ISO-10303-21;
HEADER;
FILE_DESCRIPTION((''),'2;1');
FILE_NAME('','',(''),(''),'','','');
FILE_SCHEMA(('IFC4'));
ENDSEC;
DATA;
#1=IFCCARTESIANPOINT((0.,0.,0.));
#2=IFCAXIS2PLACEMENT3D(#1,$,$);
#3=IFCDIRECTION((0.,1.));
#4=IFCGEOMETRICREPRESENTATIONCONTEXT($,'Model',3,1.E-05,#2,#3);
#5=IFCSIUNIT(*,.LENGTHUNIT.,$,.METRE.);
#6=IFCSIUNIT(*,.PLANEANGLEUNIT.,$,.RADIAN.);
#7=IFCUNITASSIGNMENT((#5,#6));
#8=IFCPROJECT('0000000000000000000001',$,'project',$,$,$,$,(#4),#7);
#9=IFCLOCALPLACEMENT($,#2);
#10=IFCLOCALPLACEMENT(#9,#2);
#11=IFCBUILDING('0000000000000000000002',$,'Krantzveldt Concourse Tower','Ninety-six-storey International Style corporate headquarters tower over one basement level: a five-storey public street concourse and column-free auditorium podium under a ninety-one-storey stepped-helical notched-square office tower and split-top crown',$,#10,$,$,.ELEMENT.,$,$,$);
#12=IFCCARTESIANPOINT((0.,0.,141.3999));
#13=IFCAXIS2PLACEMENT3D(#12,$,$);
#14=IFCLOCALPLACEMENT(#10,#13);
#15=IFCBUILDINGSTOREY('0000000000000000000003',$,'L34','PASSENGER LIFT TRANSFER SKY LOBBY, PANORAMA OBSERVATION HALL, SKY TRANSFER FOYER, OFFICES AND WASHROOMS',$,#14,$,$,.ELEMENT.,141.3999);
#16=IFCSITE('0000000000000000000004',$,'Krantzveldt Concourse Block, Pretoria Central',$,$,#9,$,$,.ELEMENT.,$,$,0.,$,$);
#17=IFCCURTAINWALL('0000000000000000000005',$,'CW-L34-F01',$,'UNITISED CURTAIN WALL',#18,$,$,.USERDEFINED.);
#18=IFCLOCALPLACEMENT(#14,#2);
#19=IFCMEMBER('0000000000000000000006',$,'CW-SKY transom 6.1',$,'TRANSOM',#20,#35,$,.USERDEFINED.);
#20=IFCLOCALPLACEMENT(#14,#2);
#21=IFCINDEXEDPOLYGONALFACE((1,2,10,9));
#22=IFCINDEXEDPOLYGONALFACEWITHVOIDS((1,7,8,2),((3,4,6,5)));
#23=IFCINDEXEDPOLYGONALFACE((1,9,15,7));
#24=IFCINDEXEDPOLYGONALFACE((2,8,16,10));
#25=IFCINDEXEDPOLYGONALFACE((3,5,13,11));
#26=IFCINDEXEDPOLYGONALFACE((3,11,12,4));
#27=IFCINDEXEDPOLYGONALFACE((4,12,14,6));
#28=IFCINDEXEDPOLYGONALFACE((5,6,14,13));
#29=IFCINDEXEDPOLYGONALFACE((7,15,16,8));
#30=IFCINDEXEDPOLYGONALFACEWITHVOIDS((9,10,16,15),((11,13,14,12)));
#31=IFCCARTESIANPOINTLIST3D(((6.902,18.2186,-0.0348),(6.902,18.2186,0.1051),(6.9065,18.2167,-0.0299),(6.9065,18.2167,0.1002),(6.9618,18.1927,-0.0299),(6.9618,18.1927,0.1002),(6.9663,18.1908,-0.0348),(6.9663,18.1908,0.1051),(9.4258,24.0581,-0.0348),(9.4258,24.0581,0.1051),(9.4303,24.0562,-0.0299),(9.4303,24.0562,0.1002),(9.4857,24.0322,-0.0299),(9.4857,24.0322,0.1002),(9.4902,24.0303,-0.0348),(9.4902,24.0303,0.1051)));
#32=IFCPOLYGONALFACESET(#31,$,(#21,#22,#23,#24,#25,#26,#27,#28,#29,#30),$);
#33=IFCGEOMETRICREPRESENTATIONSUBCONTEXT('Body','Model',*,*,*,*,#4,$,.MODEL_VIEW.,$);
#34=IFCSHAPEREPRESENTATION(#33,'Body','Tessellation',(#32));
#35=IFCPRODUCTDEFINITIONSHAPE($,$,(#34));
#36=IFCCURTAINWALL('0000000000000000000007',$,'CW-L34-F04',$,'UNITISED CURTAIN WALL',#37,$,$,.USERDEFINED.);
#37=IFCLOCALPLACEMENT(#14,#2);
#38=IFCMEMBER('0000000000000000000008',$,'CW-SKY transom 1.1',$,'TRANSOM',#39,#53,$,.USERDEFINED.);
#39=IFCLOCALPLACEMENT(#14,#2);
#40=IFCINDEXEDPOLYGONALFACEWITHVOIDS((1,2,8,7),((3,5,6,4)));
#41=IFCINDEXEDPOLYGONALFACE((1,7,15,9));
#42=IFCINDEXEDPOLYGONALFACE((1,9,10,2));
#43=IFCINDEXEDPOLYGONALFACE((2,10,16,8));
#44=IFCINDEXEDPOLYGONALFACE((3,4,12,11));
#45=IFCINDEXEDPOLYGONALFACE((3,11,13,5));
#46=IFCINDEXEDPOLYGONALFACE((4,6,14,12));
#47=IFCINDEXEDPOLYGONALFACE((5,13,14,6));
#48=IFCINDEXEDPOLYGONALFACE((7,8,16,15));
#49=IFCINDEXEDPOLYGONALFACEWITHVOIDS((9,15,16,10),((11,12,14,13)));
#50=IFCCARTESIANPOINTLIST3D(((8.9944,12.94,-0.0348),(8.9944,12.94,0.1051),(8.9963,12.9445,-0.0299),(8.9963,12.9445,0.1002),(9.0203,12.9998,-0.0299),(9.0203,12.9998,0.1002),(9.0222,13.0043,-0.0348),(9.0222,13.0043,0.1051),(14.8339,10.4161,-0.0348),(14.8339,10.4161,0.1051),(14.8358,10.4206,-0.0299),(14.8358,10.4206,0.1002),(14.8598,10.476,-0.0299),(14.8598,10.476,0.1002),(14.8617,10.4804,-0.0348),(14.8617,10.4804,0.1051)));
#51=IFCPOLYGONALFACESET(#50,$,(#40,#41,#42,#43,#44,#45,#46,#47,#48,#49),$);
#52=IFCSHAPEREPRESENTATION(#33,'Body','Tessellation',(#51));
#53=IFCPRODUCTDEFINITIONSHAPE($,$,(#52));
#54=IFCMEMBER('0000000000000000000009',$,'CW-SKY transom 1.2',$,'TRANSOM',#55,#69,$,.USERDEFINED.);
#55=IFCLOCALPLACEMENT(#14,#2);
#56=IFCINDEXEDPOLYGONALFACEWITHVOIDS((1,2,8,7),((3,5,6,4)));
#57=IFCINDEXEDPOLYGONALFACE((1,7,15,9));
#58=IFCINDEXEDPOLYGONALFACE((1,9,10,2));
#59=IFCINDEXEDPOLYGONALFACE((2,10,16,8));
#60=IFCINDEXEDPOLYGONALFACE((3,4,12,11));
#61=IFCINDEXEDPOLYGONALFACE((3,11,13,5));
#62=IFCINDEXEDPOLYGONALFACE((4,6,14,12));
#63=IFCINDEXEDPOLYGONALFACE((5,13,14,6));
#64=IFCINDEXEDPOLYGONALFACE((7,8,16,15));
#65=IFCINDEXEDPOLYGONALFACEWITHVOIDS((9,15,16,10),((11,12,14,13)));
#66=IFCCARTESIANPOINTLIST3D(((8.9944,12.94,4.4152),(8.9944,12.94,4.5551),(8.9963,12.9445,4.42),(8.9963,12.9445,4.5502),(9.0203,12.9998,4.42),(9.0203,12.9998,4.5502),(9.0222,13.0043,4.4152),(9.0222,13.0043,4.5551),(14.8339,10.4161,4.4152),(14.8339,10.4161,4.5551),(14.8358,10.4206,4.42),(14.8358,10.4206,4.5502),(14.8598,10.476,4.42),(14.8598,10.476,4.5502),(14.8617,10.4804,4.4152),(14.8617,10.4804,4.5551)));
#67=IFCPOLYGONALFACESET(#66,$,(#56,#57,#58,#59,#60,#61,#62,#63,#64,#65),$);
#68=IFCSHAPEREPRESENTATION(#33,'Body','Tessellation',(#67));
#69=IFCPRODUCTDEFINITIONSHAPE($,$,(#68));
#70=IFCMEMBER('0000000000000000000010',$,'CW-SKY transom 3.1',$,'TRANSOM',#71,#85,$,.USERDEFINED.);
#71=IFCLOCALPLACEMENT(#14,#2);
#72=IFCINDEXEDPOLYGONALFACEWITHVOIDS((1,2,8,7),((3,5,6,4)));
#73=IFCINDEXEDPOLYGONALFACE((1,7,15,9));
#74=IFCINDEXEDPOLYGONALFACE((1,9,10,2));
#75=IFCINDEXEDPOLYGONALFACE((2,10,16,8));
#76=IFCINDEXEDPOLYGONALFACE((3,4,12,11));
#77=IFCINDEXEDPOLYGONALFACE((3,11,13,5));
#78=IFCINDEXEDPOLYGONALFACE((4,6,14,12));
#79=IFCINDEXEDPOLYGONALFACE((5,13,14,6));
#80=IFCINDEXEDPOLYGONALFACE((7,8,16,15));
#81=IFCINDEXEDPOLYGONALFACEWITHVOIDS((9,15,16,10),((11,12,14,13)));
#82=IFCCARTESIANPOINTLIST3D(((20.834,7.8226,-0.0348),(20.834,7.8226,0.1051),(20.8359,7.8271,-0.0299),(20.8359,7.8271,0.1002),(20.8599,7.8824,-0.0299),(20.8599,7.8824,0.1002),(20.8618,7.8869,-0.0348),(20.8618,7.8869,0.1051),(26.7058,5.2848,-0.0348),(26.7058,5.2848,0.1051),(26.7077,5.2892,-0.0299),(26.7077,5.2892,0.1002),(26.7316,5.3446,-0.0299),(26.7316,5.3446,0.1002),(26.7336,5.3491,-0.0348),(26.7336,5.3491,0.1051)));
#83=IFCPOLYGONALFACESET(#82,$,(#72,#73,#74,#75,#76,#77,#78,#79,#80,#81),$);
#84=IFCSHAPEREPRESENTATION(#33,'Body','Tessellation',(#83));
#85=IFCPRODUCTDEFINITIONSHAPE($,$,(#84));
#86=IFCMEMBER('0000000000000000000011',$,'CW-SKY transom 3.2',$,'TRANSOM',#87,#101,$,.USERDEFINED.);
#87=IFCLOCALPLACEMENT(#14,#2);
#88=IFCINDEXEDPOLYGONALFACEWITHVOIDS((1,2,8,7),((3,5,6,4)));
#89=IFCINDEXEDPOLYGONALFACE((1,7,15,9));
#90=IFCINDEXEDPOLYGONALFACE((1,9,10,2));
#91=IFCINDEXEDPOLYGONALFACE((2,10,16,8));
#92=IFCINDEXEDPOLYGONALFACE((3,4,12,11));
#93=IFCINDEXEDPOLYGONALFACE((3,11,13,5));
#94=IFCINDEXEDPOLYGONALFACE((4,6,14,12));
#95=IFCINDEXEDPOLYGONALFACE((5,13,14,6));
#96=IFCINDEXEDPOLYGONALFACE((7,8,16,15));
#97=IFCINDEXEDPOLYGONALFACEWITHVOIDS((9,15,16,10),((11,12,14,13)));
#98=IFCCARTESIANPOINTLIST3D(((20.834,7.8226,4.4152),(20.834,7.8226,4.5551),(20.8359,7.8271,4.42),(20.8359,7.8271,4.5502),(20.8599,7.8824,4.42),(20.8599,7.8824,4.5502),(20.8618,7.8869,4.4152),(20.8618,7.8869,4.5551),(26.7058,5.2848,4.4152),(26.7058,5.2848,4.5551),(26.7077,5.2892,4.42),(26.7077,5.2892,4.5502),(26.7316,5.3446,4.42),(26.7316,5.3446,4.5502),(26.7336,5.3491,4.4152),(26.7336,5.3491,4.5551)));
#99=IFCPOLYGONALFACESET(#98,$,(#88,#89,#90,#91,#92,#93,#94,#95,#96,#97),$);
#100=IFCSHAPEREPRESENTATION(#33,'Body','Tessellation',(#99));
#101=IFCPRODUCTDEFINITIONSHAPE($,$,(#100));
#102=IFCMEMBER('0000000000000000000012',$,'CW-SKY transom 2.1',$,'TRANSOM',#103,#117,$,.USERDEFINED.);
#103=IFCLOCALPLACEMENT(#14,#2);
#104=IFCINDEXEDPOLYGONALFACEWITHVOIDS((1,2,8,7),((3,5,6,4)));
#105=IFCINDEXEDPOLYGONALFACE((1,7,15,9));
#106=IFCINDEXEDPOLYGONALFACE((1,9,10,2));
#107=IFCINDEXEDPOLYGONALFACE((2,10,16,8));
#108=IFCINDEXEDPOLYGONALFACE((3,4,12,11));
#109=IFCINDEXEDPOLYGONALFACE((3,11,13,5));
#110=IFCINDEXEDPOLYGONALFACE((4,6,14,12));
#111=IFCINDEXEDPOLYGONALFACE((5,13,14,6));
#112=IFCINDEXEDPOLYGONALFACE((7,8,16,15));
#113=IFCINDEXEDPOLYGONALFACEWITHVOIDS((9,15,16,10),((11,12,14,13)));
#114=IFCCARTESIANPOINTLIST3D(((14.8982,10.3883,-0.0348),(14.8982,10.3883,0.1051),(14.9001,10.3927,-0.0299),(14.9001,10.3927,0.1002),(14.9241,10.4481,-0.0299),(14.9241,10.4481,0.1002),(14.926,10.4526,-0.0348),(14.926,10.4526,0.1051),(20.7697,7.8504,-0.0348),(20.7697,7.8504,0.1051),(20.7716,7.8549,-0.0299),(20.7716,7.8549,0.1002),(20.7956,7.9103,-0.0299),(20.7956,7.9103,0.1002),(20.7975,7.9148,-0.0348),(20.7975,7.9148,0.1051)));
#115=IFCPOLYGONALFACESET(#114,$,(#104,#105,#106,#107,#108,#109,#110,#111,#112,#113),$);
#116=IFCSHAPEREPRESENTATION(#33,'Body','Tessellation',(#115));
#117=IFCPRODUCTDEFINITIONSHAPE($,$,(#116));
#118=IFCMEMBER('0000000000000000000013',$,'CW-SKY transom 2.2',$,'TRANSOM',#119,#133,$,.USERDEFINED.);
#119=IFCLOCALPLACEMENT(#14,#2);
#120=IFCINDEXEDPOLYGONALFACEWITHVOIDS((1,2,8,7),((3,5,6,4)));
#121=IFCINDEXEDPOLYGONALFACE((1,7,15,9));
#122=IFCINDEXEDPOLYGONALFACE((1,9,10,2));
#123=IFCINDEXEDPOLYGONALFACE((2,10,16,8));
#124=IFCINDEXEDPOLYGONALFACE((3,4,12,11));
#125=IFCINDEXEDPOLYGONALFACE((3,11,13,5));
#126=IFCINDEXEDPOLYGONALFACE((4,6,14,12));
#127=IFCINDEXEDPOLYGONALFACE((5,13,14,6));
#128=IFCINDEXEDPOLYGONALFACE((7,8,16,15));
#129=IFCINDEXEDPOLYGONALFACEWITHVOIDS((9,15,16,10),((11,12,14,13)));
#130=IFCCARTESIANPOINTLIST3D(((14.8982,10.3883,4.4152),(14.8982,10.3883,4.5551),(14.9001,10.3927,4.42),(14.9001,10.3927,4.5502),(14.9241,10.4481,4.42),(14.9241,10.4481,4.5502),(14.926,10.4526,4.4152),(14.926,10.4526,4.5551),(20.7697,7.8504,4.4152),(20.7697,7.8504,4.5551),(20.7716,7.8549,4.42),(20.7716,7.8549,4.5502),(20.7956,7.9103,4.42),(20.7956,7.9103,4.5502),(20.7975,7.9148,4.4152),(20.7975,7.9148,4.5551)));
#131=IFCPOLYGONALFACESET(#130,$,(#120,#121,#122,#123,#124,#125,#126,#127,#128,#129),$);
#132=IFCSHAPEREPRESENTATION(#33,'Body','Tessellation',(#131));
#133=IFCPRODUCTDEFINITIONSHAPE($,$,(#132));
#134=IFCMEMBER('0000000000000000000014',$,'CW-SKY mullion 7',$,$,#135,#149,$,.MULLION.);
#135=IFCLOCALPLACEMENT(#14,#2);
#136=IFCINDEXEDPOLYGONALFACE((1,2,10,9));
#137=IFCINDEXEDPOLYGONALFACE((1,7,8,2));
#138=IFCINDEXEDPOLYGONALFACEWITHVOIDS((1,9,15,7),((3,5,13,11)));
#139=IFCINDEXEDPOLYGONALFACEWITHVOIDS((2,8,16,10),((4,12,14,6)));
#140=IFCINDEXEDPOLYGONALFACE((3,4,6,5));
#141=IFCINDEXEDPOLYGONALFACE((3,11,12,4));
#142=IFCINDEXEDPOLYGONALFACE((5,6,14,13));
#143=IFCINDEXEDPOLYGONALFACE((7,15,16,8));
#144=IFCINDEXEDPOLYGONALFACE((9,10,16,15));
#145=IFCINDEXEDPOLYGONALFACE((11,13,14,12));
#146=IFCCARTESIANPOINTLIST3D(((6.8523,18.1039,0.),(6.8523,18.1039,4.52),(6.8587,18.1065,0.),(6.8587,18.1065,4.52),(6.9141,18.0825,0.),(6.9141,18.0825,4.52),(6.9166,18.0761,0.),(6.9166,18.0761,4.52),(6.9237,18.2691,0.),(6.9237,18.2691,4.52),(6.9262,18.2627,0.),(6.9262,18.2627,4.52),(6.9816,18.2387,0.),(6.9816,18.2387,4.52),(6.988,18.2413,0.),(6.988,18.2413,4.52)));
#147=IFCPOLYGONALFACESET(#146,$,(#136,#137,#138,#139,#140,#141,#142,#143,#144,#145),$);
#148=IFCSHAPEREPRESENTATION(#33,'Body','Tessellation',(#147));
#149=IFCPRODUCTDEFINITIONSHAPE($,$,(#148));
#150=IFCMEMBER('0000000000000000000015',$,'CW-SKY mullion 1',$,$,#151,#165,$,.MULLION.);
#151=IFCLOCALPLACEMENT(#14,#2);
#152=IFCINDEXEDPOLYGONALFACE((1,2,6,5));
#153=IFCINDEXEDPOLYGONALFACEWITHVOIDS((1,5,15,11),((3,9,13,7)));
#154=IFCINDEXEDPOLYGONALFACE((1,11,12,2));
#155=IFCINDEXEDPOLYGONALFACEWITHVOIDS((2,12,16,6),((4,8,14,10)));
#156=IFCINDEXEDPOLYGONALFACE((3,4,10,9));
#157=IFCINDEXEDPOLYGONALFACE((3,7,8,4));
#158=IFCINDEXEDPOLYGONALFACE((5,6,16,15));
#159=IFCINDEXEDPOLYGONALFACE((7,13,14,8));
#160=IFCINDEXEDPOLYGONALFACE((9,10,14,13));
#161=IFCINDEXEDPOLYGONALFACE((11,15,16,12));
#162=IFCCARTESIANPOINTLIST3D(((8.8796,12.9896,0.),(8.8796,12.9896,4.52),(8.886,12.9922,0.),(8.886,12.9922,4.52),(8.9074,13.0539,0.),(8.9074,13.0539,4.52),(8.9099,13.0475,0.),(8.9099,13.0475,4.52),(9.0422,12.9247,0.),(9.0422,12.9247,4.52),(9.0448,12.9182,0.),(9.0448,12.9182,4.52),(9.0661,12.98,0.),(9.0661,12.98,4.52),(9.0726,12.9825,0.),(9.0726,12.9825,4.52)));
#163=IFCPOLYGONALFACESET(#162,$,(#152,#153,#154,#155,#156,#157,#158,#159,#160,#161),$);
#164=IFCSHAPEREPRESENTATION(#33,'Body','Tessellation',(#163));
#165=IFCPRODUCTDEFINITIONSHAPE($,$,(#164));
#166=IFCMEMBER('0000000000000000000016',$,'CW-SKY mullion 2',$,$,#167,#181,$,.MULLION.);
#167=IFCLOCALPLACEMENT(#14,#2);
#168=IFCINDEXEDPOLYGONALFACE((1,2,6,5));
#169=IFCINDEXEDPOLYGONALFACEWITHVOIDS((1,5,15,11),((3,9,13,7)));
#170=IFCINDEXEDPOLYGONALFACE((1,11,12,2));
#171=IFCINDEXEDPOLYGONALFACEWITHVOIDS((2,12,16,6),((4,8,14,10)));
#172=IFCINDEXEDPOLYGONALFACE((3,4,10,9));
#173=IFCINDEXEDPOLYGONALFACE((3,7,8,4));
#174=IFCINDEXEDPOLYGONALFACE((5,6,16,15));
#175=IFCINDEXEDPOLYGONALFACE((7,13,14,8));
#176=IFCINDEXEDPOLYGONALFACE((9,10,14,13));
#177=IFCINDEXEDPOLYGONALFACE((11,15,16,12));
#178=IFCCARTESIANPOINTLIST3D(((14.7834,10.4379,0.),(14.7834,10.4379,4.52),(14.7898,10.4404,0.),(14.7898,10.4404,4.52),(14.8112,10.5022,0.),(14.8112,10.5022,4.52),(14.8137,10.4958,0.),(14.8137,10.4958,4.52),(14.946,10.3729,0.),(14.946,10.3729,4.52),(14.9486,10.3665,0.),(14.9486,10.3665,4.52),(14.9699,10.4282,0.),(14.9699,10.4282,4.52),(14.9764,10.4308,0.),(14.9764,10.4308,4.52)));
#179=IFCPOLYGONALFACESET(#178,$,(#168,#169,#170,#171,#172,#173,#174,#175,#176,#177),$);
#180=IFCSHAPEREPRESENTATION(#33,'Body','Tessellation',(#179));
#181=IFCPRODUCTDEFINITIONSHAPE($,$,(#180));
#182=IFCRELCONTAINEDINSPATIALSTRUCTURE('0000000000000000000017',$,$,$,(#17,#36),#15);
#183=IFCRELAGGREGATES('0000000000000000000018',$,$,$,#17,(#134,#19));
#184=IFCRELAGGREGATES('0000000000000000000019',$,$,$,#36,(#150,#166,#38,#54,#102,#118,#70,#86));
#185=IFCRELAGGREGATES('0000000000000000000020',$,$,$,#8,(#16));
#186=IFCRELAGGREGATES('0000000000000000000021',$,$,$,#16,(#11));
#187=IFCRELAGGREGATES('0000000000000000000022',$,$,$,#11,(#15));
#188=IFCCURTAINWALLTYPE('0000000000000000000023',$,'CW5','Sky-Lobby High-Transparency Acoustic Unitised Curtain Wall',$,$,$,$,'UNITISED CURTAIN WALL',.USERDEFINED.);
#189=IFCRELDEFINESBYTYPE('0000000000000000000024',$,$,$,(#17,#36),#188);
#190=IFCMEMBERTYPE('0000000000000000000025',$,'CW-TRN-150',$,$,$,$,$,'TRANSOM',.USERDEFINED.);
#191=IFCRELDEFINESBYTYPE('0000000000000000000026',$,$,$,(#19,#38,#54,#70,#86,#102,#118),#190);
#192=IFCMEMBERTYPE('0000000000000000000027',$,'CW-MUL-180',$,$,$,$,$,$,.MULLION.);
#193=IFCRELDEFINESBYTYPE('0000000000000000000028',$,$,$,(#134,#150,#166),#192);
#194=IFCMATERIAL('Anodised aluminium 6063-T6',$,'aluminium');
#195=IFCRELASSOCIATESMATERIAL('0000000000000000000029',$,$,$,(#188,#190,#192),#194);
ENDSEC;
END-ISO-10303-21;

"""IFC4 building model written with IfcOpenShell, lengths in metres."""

from ifc_helpers import new_model, si_unit, direction, frame, origin, origin_2d, place, context, subcontext, project, spatial, hollow_rectangle, extrude, source, transform, mapped, material, material_profile, profile_set, type_object, type_shapes, element, aggregate, save


model = new_model("IFC4")

# Units and contexts
model_context = context("Model", 3, precision=1e-05, world=origin(), true_north=direction((0.0, 1.0)))
body_context = subcontext(model_context, "Body", "Model", "MODEL_VIEW")
ifc_project = project(units=[si_unit("LENGTHUNIT", "METRE"), si_unit("PLANEANGLEUNIT", "RADIAN")], contexts=[model_context])

# Site, building, storey
site_placement = place(None, origin())
site = spatial("IfcSite", under=ifc_project, at=site_placement, Name="Krantzveldt Concourse Block, Pretoria Central", CompositionType="ELEMENT", RefElevation=0.0)
building_placement = place(site_placement, origin())
building = spatial("IfcBuilding", under=site, at=building_placement, Name="Krantzveldt Concourse Tower", Description="Ninety-six-storey International Style corporate headquarters tower over one basement level: a five-storey public street concourse and column-free auditorium podium under a ninety-one-storey stepped-helical notched-square office tower and split-top crown", CompositionType="ELEMENT")
storey_placement = place(building_placement, frame((0.0, 0.0, 141.3999)))
storey = spatial("IfcBuildingStorey", under=building, at=storey_placement, Name="L34", Description="PASSENGER LIFT TRANSFER SKY LOBBY, PANORAMA OBSERVATION HALL, SKY TRANSFER FOYER, OFFICES AND WASHROOMS", CompositionType="ELEMENT", Elevation=141.3999)

# Curtain wall, member
ifc_material_1 = material(Name="Anodised aluminium 6063-T6", Category="aluminium")
curtain_wall_type = type_object("IfcCurtainWallType", Name="CW5", Description="Sky-Lobby High-Transparency Acoustic Unitised Curtain Wall", ElementType="UNITISED CURTAIN WALL", PredefinedType="USERDEFINED", material=ifc_material_1)
curtain_wall_1_placement = place(storey_placement, origin())
curtain_wall_1 = element("IfcCurtainWall", 1, at=curtain_wall_1_placement, inside=storey, type_object=curtain_wall_type, Name="CW-L34-F01", ObjectType="UNITISED CURTAIN WALL", PredefinedType="USERDEFINED")
ifc_material_profile_1 = material_profile(ifc_material_1, hollow_rectangle(XDim=0.0701, YDim=0.1399, WallThickness=0.0049, at=origin_2d()), Name="Anodised aluminium 6063-T6", Category="aluminium")
ifc_profile_set_1 = profile_set([ifc_material_profile_1], Name="Anodised aluminium 6063-T6 - ALU-TRAN 140x70x5")
member_type_1 = type_object("IfcMemberType", Name="CW-TRN-150", ElementType="TRANSOM", PredefinedType="USERDEFINED", material=ifc_profile_set_1)
shared_shape_1 = source(origin(), body_context, "Body", "SweptSolid", [
    extrude(hollow_rectangle(XDim=0.0701, YDim=0.1399, WallThickness=0.0049, at=origin_2d()), origin(), (0.0, 0.0, 1.0), 6.3616),
])
member_1_placement = place(storey_placement, frame((9.458, 24.0442, 0.0352), z_axis=(-0.396738, -0.917932, 0.0), x_axis=(0.917932, -0.396738, 0.0)))
member_1 = element("IfcMember", 2, at=member_1_placement, type_object=member_type_1, Name="CW-SKY transom 6.1", ObjectType="TRANSOM", PredefinedType="USERDEFINED", context=body_context, shape_type="MappedRepresentation", body=[
    mapped(shared_shape_1, transform((0.0, 0.0, 0.0), x_axis=(1.0, 0.0, 0.0), y_axis=(0.0, 1.0, 0.0), z_axis=(0.0, 0.0, 1.0), scale=1.0)),
])

# Curtain wall, members
curtain_wall_2_placement = place(storey_placement, origin())
curtain_wall_2 = element("IfcCurtainWall", 3, at=curtain_wall_2_placement, inside=storey, type_object=curtain_wall_type, Name="CW-L34-F04", ObjectType="UNITISED CURTAIN WALL", PredefinedType="USERDEFINED")
member_2_placement = place(storey_placement, frame((9.0083, 12.9722, 0.0352), z_axis=(0.917932, -0.396738, 0.0), x_axis=(0.396738, 0.917932, 0.0)))
member_2 = element("IfcMember", 4, at=member_2_placement, type_object=member_type_1, Name="CW-SKY transom 1.1", ObjectType="TRANSOM", PredefinedType="USERDEFINED", context=body_context, shape_type="MappedRepresentation", body=[
    mapped(shared_shape_1, transform((0.0, 0.0, 0.0), x_axis=(1.0, 0.0, 0.0), y_axis=(0.0, 1.0, 0.0), z_axis=(0.0, 0.0, 1.0), scale=1.0)),
])
member_3_placement = place(storey_placement, frame((9.0083, 12.9722, 4.4851), z_axis=(0.917932, -0.396738, 0.0), x_axis=(0.396738, 0.917932, 0.0)))
member_3 = element("IfcMember", 5, at=member_3_placement, type_object=member_type_1, Name="CW-SKY transom 1.2", ObjectType="TRANSOM", PredefinedType="USERDEFINED", context=body_context, shape_type="MappedRepresentation", body=[
    mapped(shared_shape_1, transform((0.0, 0.0, 0.0), x_axis=(1.0, 0.0, 0.0), y_axis=(0.0, 1.0, 0.0), z_axis=(0.0, 0.0, 1.0), scale=1.0)),
])
shared_shape_2 = source(origin(), body_context, "Body", "SweptSolid", [
    extrude(hollow_rectangle(XDim=0.0701, YDim=0.1399, WallThickness=0.0049, at=origin_2d()), origin(), (0.0, 0.0, 1.0), 6.3967),
])
member_4_placement = place(storey_placement, frame((20.8479, 7.8547, 0.0352), z_axis=(0.917933, -0.396736, 0.0), x_axis=(0.396736, 0.917933, 0.0)))
member_4 = element("IfcMember", 6, at=member_4_placement, type_object=member_type_1, Name="CW-SKY transom 3.1", ObjectType="TRANSOM", PredefinedType="USERDEFINED", context=body_context, shape_type="MappedRepresentation", body=[
    mapped(shared_shape_2, transform((0.0, 0.0, 0.0), x_axis=(1.0, 0.0, 0.0), y_axis=(0.0, 1.0, 0.0), z_axis=(0.0, 0.0, 1.0), scale=1.0)),
])
member_5_placement = place(storey_placement, frame((20.8479, 7.8547, 4.4851), z_axis=(0.917933, -0.396736, 0.0), x_axis=(0.396736, 0.917933, 0.0)))
member_5 = element("IfcMember", 7, at=member_5_placement, type_object=member_type_1, Name="CW-SKY transom 3.2", ObjectType="TRANSOM", PredefinedType="USERDEFINED", context=body_context, shape_type="MappedRepresentation", body=[
    mapped(shared_shape_2, transform((0.0, 0.0, 0.0), x_axis=(1.0, 0.0, 0.0), y_axis=(0.0, 1.0, 0.0), z_axis=(0.0, 0.0, 1.0), scale=1.0)),
])
shared_shape_3 = source(origin(), body_context, "Body", "SweptSolid", [
    extrude(hollow_rectangle(XDim=0.0701, YDim=0.1399, WallThickness=0.0049, at=origin_2d()), origin(), (0.0, 0.0, 1.0), 6.3965),
])
type_shapes(member_type_1, [shared_shape_1, shared_shape_2, shared_shape_3])
member_6_placement = place(storey_placement, frame((14.9121, 10.4204, 0.0352), z_axis=(0.917927, -0.39675, 0.0), x_axis=(0.39675, 0.917927, 0.0)))
member_6 = element("IfcMember", 8, at=member_6_placement, type_object=member_type_1, Name="CW-SKY transom 2.1", ObjectType="TRANSOM", PredefinedType="USERDEFINED", context=body_context, shape_type="MappedRepresentation", body=[
    mapped(shared_shape_3, transform((0.0, 0.0, 0.0), x_axis=(1.0, 0.0, 0.0), y_axis=(0.0, 1.0, 0.0), z_axis=(0.0, 0.0, 1.0), scale=1.0)),
])
member_7_placement = place(storey_placement, frame((14.9121, 10.4204, 4.4851), z_axis=(0.917927, -0.39675, 0.0), x_axis=(0.39675, 0.917927, 0.0)))
member_7 = element("IfcMember", 9, at=member_7_placement, type_object=member_type_1, Name="CW-SKY transom 2.2", ObjectType="TRANSOM", PredefinedType="USERDEFINED", context=body_context, shape_type="MappedRepresentation", body=[
    mapped(shared_shape_3, transform((0.0, 0.0, 0.0), x_axis=(1.0, 0.0, 0.0), y_axis=(0.0, 1.0, 0.0), z_axis=(0.0, 0.0, 1.0), scale=1.0)),
])

# Members
ifc_material_profile_2 = material_profile(ifc_material_1, hollow_rectangle(XDim=0.0701, YDim=0.1799, WallThickness=0.0049, at=origin_2d()), Name="Anodised aluminium 6063-T6", Category="aluminium")
ifc_profile_set_2 = profile_set([ifc_material_profile_2], Name="Anodised aluminium 6063-T6 - ALU-MULL 180x70x5")
member_type_2 = type_object("IfcMemberType", Name="CW-MUL-180", PredefinedType="MULLION", material=ifc_profile_set_2)
shared_shape_4 = source(origin(), body_context, "Body", "SweptSolid", [
    extrude(hollow_rectangle(XDim=0.0701, YDim=0.1799, WallThickness=0.0049, at=origin_2d()), origin(), (0.0, 0.0, 1.0), 4.52),
])
type_shapes(member_type_2, [shared_shape_4])
member_8_placement = place(storey_placement, frame((6.9202, 18.1726, 0.0), z_axis=(0.0, 0.0, 1.0), x_axis=(0.917928, -0.396747, 0.0)))
member_8 = element("IfcMember", 10, at=member_8_placement, type_object=member_type_2, Name="CW-SKY mullion 7", PredefinedType="MULLION", context=body_context, shape_type="MappedRepresentation", body=[
    mapped(shared_shape_4, transform((0.0, 0.0, 0.0), x_axis=(1.0, 0.0, 0.0), y_axis=(0.0, 1.0, 0.0), z_axis=(0.0, 0.0, 1.0), scale=1.0)),
])
member_9_placement = place(storey_placement, frame((8.9761, 12.9861, 0.0), z_axis=(0.0, 0.0, 1.0), x_axis=(0.396747, 0.917928, 0.0)))
member_9 = element("IfcMember", 11, at=member_9_placement, type_object=member_type_2, Name="CW-SKY mullion 1", PredefinedType="MULLION", context=body_context, shape_type="MappedRepresentation", body=[
    mapped(shared_shape_4, transform((0.0, 0.0, 0.0), x_axis=(1.0, 0.0, 0.0), y_axis=(0.0, 1.0, 0.0), z_axis=(0.0, 0.0, 1.0), scale=1.0)),
])
member_10_placement = place(storey_placement, frame((14.8799, 10.4343, 0.0), z_axis=(0.0, 0.0, 1.0), x_axis=(0.396747, 0.917928, 0.0)))
member_10 = element("IfcMember", 12, at=member_10_placement, type_object=member_type_2, Name="CW-SKY mullion 2", PredefinedType="MULLION", context=body_context, shape_type="MappedRepresentation", body=[
    mapped(shared_shape_4, transform((0.0, 0.0, 0.0), x_axis=(1.0, 0.0, 0.0), y_axis=(0.0, 1.0, 0.0), z_axis=(0.0, 0.0, 1.0), scale=1.0)),
])

aggregate(curtain_wall_1, [member_8, member_1])
aggregate(curtain_wall_2, [member_9, member_10, member_2, member_3, member_6, member_7, member_4, member_5])

save(model, "model.ifc")
